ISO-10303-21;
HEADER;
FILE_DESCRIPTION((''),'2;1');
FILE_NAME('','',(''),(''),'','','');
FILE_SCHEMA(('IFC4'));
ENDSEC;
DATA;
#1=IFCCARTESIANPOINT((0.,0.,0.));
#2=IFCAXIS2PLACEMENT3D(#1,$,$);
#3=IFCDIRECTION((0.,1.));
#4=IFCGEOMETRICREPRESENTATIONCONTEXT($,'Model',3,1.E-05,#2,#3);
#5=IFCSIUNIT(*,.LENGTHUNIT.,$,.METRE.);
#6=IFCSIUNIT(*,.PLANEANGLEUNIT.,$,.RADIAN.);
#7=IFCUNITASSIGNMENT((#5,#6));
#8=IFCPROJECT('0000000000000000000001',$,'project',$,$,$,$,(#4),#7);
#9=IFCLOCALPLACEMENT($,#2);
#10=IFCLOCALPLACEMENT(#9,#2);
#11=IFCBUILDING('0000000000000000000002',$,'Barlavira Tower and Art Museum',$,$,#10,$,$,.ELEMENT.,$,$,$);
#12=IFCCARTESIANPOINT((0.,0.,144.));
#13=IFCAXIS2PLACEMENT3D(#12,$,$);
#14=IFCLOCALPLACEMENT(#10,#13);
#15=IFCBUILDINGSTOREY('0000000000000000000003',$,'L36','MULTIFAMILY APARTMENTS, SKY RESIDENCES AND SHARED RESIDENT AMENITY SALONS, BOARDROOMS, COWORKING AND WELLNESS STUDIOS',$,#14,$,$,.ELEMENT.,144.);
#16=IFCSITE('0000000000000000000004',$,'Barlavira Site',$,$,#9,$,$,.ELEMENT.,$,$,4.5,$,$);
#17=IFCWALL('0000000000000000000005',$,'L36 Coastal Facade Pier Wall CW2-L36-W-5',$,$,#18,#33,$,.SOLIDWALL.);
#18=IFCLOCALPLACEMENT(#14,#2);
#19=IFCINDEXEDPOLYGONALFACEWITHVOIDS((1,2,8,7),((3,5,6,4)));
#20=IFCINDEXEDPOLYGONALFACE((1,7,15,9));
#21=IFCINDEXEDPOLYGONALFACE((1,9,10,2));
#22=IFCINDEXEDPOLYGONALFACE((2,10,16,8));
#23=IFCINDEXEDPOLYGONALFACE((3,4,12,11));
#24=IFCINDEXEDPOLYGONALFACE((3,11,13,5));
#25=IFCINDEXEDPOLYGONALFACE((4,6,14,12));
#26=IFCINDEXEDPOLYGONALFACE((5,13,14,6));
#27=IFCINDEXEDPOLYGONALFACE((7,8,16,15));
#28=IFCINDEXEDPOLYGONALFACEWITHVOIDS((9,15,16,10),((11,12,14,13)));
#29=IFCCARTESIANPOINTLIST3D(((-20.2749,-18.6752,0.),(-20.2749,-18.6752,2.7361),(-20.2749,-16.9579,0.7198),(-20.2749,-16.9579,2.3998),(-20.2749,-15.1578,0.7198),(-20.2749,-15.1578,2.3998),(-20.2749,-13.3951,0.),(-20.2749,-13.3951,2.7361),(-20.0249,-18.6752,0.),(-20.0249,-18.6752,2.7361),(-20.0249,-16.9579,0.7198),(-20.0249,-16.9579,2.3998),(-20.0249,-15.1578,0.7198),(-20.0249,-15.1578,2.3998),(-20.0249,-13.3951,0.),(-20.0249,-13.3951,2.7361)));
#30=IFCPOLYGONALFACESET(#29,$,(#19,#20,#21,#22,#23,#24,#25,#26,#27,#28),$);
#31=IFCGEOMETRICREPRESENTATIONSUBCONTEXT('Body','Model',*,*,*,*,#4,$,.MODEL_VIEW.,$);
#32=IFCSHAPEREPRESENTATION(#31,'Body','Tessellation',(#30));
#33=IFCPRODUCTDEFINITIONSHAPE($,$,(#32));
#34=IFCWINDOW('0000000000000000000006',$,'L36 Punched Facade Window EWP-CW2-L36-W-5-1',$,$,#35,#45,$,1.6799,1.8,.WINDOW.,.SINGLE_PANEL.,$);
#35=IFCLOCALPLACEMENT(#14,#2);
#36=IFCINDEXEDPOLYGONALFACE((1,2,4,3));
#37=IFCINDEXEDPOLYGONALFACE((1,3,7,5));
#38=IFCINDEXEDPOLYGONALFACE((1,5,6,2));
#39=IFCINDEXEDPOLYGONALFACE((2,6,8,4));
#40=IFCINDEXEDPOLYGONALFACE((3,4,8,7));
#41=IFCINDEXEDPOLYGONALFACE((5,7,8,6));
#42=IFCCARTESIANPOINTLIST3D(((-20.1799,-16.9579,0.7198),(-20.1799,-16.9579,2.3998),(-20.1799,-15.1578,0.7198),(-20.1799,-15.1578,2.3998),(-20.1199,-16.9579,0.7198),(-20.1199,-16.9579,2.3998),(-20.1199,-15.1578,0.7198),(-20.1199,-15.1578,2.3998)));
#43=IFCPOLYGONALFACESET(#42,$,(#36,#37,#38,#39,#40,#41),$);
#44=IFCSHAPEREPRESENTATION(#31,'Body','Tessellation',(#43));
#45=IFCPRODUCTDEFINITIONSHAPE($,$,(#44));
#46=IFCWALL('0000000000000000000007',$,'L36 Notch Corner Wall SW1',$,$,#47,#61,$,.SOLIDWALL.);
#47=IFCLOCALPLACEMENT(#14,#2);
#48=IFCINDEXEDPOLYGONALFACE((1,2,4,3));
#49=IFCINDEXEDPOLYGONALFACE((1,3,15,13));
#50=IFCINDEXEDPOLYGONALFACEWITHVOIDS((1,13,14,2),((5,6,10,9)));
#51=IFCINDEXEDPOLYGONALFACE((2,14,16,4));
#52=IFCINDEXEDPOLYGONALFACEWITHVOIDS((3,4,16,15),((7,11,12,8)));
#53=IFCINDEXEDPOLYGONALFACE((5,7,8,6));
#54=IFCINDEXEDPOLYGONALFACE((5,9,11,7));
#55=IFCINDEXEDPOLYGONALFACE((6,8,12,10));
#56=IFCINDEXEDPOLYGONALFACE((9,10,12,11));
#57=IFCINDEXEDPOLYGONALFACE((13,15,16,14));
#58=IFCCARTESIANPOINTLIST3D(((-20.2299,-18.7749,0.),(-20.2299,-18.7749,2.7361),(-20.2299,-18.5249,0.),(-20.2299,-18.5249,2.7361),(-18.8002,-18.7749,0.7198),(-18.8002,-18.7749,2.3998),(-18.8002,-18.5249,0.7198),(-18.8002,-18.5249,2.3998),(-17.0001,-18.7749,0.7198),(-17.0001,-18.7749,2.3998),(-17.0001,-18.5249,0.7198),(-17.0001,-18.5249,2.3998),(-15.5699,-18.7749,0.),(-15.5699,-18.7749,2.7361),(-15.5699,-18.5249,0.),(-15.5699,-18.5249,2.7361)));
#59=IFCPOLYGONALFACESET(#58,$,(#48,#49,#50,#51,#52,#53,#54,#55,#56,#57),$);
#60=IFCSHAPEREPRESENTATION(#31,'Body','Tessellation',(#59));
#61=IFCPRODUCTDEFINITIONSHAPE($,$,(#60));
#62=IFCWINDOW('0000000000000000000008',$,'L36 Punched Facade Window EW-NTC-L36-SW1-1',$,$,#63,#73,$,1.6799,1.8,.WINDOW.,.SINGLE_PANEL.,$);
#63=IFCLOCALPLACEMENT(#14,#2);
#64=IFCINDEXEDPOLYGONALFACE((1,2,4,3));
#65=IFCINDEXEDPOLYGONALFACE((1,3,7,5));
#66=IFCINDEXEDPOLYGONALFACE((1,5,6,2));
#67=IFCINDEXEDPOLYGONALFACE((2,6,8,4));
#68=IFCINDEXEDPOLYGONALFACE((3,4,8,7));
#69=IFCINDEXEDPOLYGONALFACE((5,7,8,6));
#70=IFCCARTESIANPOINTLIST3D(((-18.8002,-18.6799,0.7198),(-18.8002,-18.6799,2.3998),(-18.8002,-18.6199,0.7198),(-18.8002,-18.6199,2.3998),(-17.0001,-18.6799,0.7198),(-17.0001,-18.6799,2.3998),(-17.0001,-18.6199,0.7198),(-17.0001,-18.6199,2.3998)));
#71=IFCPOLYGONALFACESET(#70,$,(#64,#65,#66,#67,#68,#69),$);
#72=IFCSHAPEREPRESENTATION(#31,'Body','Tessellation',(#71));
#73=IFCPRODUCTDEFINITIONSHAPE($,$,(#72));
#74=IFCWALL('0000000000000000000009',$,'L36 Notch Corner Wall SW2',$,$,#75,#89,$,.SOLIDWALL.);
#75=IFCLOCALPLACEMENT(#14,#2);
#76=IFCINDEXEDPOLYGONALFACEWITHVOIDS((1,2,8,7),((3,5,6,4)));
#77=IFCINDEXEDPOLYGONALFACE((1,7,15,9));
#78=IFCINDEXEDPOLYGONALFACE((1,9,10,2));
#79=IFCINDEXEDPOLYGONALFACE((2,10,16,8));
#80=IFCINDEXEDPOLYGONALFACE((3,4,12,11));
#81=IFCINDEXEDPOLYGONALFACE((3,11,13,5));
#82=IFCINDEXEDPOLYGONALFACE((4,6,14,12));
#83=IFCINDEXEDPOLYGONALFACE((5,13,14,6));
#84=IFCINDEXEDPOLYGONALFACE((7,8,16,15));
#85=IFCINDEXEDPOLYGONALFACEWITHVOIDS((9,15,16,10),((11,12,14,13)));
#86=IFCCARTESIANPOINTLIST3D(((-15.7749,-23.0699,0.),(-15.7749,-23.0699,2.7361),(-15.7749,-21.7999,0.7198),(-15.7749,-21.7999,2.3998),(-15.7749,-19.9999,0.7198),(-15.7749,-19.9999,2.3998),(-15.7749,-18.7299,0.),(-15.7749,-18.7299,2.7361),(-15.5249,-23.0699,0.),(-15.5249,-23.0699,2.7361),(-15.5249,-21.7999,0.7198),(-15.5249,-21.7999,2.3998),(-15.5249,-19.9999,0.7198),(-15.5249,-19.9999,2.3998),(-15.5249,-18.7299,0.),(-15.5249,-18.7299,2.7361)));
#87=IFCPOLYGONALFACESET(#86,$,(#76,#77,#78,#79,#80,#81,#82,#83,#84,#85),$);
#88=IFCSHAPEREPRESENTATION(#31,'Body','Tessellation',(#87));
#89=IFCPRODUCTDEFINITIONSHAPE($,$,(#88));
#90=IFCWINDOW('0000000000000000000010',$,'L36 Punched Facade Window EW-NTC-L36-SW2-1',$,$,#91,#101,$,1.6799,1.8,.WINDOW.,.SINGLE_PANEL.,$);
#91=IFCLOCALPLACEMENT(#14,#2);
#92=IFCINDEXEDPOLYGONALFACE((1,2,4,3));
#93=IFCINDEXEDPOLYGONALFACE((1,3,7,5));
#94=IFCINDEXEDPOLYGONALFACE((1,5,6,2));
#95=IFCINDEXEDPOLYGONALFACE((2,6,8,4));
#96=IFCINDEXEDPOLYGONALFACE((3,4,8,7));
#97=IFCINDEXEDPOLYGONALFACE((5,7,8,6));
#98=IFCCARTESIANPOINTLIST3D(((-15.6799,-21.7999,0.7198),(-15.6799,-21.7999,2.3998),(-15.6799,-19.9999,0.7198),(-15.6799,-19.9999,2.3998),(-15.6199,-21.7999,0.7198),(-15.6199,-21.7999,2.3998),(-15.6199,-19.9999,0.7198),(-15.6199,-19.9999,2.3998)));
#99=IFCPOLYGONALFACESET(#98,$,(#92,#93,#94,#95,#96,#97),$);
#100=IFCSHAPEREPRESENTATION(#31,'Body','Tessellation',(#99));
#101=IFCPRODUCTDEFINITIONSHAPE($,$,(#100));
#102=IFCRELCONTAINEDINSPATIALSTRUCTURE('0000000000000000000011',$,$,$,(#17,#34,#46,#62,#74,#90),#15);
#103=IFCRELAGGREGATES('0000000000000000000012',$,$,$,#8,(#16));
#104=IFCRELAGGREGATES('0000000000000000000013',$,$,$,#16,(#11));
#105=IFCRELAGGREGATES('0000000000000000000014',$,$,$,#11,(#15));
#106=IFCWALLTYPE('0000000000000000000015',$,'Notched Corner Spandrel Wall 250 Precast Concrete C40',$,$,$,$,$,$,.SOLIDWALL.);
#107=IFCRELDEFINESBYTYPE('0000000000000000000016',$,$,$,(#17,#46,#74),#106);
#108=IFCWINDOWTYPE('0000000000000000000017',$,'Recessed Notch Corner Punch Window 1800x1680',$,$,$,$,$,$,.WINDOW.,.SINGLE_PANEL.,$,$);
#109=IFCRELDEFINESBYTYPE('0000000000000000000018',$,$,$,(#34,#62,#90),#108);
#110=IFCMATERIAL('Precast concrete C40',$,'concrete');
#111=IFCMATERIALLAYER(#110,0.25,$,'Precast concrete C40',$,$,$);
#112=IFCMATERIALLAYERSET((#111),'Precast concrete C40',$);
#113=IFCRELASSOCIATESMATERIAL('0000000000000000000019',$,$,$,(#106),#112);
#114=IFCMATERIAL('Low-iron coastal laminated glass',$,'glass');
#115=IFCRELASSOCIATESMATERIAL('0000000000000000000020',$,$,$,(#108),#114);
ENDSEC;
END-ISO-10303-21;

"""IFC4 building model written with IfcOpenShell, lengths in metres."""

from ifc_helpers import new_model, si_unit, direction, frame, frame_2d, origin, place, context, subcontext, project, spatial, rectangle, extrude, material, layer, layer_set, type_object, element, fill, save


model = new_model("IFC4")

# Units and contexts
model_context = context("Model", 3, precision=1e-05, world=origin(), true_north=direction((0.0, 1.0)))
body_context = subcontext(model_context, "Body", "Model", "MODEL_VIEW")
ifc_project = project(units=[si_unit("LENGTHUNIT", "METRE"), si_unit("PLANEANGLEUNIT", "RADIAN")], contexts=[model_context])

# Site, building, storey
site_placement = place(None, origin())
site = spatial("IfcSite", under=ifc_project, at=site_placement, Name="Barlavira Site", CompositionType="ELEMENT", RefElevation=4.5)
building_placement = place(site_placement, origin())
building = spatial("IfcBuilding", under=site, at=building_placement, Name="Barlavira Tower and Art Museum", CompositionType="ELEMENT")
storey_placement = place(building_placement, frame((0.0, 0.0, 144.0)))
storey = spatial("IfcBuildingStorey", under=building, at=storey_placement, Name="L36", Description="MULTIFAMILY APARTMENTS, SKY RESIDENCES AND SHARED RESIDENT AMENITY SALONS, BOARDROOMS, COWORKING AND WELLNESS STUDIOS", CompositionType="ELEMENT", Elevation=144.0)

# Walls, openings, windows
ifc_material_1 = material(Name="Precast concrete C40", Category="concrete")
ifc_layer_1 = layer(ifc_material_1, 0.25, Name="Precast concrete C40")
ifc_layer_set_1 = layer_set([ifc_layer_1], Name="Precast concrete C40")
wall_type_1 = type_object("IfcWallType", Name="Notched Corner Spandrel Wall 250 Precast Concrete C40", PredefinedType="SOLIDWALL", material=ifc_layer_set_1)
ifc_material_2 = material(Name="Low-iron coastal laminated glass", Category="glass")
window_type = type_object("IfcWindowType", Name="Recessed Notch Corner Punch Window 1800x1680", PartitioningType="SINGLE_PANEL", PredefinedType="WINDOW", material=ifc_material_2)
wall_1_placement = place(storey_placement, frame((-20.1499, -13.395, 0.0), z_axis=(0.0, 0.0, 1.0), x_axis=(0.0, -1.0, 0.0)))
wall_1 = element("IfcWall", 1, at=wall_1_placement, inside=storey, type_object=wall_type_1, Name="L36 Coastal Facade Pier Wall CW2-L36-W-5", PredefinedType="SOLIDWALL", context=body_context, shape_type="SweptSolid", body=[
    extrude(rectangle(XDim=5.28, YDim=0.25, at=frame_2d((2.6401, 0.0))), origin(), (0.0, 0.0, 1.0), 2.7361),
])
opening_1_placement = place(wall_1_placement, frame((1.7629, 0.0, 0.72)))
opening_1 = element("IfcOpeningElement", 2, at=opening_1_placement, cuts=wall_1, PredefinedType="OPENING", context=body_context, shape_type="SweptSolid", body=[
    extrude(rectangle(XDim=1.8, YDim=1.6799, at=frame_2d((0.8999, 0.8398))), frame((0.0, 0.135, 0.0), z_axis=(0.0, -1.0, 0.0), x_axis=(1.0, 0.0, 0.0)), (0.0, 0.0, 1.0), 0.27),
])
window_1_placement = place(opening_1_placement, origin())
window_1 = element("IfcWindow", 3, at=window_1_placement, inside=storey, type_object=window_type, Name="L36 Punched Facade Window EWP-CW2-L36-W-5-1", OverallHeight=1.6799, OverallWidth=1.8, PartitioningType="SINGLE_PANEL", PredefinedType="WINDOW", context=body_context, shape_type="SweptSolid", body=[
    extrude(rectangle(XDim=1.8, YDim=1.6799, at=frame_2d((0.8999, 0.8398))), frame((0.0, 0.03, 0.0), z_axis=(0.0, -1.0, 0.0), x_axis=(1.0, 0.0, 0.0)), (0.0, 0.0, 1.0), 0.0601),
])
fill(opening_1, window_1)
wall_2_placement = place(storey_placement, frame((-20.23, -18.6499, 0.0), z_axis=(0.0, 0.0, 1.0), x_axis=(1.0, 0.0, 0.0)))
wall_2 = element("IfcWall", 4, at=wall_2_placement, inside=storey, type_object=wall_type_1, Name="L36 Notch Corner Wall SW1", PredefinedType="SOLIDWALL", context=body_context, shape_type="SweptSolid", body=[
    extrude(rectangle(XDim=4.6599, YDim=0.25, at=frame_2d((2.3301, 0.0))), origin(), (0.0, 0.0, 1.0), 2.7361),
])
opening_2_placement = place(wall_2_placement, frame((1.4299, 0.0, 0.72)))
opening_2 = element("IfcOpeningElement", 5, at=opening_2_placement, cuts=wall_2, PredefinedType="OPENING", context=body_context, shape_type="SweptSolid", body=[
    extrude(rectangle(XDim=1.8, YDim=1.6799, at=frame_2d((0.8999, 0.8398))), frame((0.0, 0.135, 0.0), z_axis=(0.0, -1.0, 0.0), x_axis=(1.0, 0.0, 0.0)), (0.0, 0.0, 1.0), 0.27),
])
window_2_placement = place(opening_2_placement, origin())
window_2 = element("IfcWindow", 6, at=window_2_placement, inside=storey, type_object=window_type, Name="L36 Punched Facade Window EW-NTC-L36-SW1-1", OverallHeight=1.6799, OverallWidth=1.8, PartitioningType="SINGLE_PANEL", PredefinedType="WINDOW", context=body_context, shape_type="SweptSolid", body=[
    extrude(rectangle(XDim=1.8, YDim=1.6799, at=frame_2d((0.8999, 0.8398))), frame((0.0, 0.03, 0.0), z_axis=(0.0, -1.0, 0.0), x_axis=(1.0, 0.0, 0.0)), (0.0, 0.0, 1.0), 0.0601),
])
fill(opening_2, window_2)
wall_3_placement = place(storey_placement, frame((-15.6499, -18.73, 0.0), z_axis=(0.0, 0.0, 1.0), x_axis=(0.0, -1.0, 0.0)))
wall_3 = element("IfcWall", 7, at=wall_3_placement, inside=storey, type_object=wall_type_1, Name="L36 Notch Corner Wall SW2", PredefinedType="SOLIDWALL", context=body_context, shape_type="SweptSolid", body=[
    extrude(rectangle(XDim=4.3401, YDim=0.25, at=frame_2d((2.1699, 0.0))), origin(), (0.0, 0.0, 1.0), 2.7361),
])
opening_3_placement = place(wall_3_placement, frame((1.27, 0.0, 0.72)))
opening_3 = element("IfcOpeningElement", 8, at=opening_3_placement, cuts=wall_3, PredefinedType="OPENING", context=body_context, shape_type="SweptSolid", body=[
    extrude(rectangle(XDim=1.8, YDim=1.6799, at=frame_2d((0.8999, 0.8398))), frame((0.0, 0.135, 0.0), z_axis=(0.0, -1.0, 0.0), x_axis=(1.0, 0.0, 0.0)), (0.0, 0.0, 1.0), 0.27),
])
window_3_placement = place(opening_3_placement, origin())
window_3 = element("IfcWindow", 9, at=window_3_placement, inside=storey, type_object=window_type, Name="L36 Punched Facade Window EW-NTC-L36-SW2-1", OverallHeight=1.6799, OverallWidth=1.8, PartitioningType="SINGLE_PANEL", PredefinedType="WINDOW", context=body_context, shape_type="SweptSolid", body=[
    extrude(rectangle(XDim=1.8, YDim=1.6799, at=frame_2d((0.8999, 0.8398))), frame((0.0, 0.03, 0.0), z_axis=(0.0, -1.0, 0.0), x_axis=(1.0, 0.0, 0.0)), (0.0, 0.0, 1.0), 0.0601),
])
fill(opening_3, window_3)

save(model, "model.ifc")
